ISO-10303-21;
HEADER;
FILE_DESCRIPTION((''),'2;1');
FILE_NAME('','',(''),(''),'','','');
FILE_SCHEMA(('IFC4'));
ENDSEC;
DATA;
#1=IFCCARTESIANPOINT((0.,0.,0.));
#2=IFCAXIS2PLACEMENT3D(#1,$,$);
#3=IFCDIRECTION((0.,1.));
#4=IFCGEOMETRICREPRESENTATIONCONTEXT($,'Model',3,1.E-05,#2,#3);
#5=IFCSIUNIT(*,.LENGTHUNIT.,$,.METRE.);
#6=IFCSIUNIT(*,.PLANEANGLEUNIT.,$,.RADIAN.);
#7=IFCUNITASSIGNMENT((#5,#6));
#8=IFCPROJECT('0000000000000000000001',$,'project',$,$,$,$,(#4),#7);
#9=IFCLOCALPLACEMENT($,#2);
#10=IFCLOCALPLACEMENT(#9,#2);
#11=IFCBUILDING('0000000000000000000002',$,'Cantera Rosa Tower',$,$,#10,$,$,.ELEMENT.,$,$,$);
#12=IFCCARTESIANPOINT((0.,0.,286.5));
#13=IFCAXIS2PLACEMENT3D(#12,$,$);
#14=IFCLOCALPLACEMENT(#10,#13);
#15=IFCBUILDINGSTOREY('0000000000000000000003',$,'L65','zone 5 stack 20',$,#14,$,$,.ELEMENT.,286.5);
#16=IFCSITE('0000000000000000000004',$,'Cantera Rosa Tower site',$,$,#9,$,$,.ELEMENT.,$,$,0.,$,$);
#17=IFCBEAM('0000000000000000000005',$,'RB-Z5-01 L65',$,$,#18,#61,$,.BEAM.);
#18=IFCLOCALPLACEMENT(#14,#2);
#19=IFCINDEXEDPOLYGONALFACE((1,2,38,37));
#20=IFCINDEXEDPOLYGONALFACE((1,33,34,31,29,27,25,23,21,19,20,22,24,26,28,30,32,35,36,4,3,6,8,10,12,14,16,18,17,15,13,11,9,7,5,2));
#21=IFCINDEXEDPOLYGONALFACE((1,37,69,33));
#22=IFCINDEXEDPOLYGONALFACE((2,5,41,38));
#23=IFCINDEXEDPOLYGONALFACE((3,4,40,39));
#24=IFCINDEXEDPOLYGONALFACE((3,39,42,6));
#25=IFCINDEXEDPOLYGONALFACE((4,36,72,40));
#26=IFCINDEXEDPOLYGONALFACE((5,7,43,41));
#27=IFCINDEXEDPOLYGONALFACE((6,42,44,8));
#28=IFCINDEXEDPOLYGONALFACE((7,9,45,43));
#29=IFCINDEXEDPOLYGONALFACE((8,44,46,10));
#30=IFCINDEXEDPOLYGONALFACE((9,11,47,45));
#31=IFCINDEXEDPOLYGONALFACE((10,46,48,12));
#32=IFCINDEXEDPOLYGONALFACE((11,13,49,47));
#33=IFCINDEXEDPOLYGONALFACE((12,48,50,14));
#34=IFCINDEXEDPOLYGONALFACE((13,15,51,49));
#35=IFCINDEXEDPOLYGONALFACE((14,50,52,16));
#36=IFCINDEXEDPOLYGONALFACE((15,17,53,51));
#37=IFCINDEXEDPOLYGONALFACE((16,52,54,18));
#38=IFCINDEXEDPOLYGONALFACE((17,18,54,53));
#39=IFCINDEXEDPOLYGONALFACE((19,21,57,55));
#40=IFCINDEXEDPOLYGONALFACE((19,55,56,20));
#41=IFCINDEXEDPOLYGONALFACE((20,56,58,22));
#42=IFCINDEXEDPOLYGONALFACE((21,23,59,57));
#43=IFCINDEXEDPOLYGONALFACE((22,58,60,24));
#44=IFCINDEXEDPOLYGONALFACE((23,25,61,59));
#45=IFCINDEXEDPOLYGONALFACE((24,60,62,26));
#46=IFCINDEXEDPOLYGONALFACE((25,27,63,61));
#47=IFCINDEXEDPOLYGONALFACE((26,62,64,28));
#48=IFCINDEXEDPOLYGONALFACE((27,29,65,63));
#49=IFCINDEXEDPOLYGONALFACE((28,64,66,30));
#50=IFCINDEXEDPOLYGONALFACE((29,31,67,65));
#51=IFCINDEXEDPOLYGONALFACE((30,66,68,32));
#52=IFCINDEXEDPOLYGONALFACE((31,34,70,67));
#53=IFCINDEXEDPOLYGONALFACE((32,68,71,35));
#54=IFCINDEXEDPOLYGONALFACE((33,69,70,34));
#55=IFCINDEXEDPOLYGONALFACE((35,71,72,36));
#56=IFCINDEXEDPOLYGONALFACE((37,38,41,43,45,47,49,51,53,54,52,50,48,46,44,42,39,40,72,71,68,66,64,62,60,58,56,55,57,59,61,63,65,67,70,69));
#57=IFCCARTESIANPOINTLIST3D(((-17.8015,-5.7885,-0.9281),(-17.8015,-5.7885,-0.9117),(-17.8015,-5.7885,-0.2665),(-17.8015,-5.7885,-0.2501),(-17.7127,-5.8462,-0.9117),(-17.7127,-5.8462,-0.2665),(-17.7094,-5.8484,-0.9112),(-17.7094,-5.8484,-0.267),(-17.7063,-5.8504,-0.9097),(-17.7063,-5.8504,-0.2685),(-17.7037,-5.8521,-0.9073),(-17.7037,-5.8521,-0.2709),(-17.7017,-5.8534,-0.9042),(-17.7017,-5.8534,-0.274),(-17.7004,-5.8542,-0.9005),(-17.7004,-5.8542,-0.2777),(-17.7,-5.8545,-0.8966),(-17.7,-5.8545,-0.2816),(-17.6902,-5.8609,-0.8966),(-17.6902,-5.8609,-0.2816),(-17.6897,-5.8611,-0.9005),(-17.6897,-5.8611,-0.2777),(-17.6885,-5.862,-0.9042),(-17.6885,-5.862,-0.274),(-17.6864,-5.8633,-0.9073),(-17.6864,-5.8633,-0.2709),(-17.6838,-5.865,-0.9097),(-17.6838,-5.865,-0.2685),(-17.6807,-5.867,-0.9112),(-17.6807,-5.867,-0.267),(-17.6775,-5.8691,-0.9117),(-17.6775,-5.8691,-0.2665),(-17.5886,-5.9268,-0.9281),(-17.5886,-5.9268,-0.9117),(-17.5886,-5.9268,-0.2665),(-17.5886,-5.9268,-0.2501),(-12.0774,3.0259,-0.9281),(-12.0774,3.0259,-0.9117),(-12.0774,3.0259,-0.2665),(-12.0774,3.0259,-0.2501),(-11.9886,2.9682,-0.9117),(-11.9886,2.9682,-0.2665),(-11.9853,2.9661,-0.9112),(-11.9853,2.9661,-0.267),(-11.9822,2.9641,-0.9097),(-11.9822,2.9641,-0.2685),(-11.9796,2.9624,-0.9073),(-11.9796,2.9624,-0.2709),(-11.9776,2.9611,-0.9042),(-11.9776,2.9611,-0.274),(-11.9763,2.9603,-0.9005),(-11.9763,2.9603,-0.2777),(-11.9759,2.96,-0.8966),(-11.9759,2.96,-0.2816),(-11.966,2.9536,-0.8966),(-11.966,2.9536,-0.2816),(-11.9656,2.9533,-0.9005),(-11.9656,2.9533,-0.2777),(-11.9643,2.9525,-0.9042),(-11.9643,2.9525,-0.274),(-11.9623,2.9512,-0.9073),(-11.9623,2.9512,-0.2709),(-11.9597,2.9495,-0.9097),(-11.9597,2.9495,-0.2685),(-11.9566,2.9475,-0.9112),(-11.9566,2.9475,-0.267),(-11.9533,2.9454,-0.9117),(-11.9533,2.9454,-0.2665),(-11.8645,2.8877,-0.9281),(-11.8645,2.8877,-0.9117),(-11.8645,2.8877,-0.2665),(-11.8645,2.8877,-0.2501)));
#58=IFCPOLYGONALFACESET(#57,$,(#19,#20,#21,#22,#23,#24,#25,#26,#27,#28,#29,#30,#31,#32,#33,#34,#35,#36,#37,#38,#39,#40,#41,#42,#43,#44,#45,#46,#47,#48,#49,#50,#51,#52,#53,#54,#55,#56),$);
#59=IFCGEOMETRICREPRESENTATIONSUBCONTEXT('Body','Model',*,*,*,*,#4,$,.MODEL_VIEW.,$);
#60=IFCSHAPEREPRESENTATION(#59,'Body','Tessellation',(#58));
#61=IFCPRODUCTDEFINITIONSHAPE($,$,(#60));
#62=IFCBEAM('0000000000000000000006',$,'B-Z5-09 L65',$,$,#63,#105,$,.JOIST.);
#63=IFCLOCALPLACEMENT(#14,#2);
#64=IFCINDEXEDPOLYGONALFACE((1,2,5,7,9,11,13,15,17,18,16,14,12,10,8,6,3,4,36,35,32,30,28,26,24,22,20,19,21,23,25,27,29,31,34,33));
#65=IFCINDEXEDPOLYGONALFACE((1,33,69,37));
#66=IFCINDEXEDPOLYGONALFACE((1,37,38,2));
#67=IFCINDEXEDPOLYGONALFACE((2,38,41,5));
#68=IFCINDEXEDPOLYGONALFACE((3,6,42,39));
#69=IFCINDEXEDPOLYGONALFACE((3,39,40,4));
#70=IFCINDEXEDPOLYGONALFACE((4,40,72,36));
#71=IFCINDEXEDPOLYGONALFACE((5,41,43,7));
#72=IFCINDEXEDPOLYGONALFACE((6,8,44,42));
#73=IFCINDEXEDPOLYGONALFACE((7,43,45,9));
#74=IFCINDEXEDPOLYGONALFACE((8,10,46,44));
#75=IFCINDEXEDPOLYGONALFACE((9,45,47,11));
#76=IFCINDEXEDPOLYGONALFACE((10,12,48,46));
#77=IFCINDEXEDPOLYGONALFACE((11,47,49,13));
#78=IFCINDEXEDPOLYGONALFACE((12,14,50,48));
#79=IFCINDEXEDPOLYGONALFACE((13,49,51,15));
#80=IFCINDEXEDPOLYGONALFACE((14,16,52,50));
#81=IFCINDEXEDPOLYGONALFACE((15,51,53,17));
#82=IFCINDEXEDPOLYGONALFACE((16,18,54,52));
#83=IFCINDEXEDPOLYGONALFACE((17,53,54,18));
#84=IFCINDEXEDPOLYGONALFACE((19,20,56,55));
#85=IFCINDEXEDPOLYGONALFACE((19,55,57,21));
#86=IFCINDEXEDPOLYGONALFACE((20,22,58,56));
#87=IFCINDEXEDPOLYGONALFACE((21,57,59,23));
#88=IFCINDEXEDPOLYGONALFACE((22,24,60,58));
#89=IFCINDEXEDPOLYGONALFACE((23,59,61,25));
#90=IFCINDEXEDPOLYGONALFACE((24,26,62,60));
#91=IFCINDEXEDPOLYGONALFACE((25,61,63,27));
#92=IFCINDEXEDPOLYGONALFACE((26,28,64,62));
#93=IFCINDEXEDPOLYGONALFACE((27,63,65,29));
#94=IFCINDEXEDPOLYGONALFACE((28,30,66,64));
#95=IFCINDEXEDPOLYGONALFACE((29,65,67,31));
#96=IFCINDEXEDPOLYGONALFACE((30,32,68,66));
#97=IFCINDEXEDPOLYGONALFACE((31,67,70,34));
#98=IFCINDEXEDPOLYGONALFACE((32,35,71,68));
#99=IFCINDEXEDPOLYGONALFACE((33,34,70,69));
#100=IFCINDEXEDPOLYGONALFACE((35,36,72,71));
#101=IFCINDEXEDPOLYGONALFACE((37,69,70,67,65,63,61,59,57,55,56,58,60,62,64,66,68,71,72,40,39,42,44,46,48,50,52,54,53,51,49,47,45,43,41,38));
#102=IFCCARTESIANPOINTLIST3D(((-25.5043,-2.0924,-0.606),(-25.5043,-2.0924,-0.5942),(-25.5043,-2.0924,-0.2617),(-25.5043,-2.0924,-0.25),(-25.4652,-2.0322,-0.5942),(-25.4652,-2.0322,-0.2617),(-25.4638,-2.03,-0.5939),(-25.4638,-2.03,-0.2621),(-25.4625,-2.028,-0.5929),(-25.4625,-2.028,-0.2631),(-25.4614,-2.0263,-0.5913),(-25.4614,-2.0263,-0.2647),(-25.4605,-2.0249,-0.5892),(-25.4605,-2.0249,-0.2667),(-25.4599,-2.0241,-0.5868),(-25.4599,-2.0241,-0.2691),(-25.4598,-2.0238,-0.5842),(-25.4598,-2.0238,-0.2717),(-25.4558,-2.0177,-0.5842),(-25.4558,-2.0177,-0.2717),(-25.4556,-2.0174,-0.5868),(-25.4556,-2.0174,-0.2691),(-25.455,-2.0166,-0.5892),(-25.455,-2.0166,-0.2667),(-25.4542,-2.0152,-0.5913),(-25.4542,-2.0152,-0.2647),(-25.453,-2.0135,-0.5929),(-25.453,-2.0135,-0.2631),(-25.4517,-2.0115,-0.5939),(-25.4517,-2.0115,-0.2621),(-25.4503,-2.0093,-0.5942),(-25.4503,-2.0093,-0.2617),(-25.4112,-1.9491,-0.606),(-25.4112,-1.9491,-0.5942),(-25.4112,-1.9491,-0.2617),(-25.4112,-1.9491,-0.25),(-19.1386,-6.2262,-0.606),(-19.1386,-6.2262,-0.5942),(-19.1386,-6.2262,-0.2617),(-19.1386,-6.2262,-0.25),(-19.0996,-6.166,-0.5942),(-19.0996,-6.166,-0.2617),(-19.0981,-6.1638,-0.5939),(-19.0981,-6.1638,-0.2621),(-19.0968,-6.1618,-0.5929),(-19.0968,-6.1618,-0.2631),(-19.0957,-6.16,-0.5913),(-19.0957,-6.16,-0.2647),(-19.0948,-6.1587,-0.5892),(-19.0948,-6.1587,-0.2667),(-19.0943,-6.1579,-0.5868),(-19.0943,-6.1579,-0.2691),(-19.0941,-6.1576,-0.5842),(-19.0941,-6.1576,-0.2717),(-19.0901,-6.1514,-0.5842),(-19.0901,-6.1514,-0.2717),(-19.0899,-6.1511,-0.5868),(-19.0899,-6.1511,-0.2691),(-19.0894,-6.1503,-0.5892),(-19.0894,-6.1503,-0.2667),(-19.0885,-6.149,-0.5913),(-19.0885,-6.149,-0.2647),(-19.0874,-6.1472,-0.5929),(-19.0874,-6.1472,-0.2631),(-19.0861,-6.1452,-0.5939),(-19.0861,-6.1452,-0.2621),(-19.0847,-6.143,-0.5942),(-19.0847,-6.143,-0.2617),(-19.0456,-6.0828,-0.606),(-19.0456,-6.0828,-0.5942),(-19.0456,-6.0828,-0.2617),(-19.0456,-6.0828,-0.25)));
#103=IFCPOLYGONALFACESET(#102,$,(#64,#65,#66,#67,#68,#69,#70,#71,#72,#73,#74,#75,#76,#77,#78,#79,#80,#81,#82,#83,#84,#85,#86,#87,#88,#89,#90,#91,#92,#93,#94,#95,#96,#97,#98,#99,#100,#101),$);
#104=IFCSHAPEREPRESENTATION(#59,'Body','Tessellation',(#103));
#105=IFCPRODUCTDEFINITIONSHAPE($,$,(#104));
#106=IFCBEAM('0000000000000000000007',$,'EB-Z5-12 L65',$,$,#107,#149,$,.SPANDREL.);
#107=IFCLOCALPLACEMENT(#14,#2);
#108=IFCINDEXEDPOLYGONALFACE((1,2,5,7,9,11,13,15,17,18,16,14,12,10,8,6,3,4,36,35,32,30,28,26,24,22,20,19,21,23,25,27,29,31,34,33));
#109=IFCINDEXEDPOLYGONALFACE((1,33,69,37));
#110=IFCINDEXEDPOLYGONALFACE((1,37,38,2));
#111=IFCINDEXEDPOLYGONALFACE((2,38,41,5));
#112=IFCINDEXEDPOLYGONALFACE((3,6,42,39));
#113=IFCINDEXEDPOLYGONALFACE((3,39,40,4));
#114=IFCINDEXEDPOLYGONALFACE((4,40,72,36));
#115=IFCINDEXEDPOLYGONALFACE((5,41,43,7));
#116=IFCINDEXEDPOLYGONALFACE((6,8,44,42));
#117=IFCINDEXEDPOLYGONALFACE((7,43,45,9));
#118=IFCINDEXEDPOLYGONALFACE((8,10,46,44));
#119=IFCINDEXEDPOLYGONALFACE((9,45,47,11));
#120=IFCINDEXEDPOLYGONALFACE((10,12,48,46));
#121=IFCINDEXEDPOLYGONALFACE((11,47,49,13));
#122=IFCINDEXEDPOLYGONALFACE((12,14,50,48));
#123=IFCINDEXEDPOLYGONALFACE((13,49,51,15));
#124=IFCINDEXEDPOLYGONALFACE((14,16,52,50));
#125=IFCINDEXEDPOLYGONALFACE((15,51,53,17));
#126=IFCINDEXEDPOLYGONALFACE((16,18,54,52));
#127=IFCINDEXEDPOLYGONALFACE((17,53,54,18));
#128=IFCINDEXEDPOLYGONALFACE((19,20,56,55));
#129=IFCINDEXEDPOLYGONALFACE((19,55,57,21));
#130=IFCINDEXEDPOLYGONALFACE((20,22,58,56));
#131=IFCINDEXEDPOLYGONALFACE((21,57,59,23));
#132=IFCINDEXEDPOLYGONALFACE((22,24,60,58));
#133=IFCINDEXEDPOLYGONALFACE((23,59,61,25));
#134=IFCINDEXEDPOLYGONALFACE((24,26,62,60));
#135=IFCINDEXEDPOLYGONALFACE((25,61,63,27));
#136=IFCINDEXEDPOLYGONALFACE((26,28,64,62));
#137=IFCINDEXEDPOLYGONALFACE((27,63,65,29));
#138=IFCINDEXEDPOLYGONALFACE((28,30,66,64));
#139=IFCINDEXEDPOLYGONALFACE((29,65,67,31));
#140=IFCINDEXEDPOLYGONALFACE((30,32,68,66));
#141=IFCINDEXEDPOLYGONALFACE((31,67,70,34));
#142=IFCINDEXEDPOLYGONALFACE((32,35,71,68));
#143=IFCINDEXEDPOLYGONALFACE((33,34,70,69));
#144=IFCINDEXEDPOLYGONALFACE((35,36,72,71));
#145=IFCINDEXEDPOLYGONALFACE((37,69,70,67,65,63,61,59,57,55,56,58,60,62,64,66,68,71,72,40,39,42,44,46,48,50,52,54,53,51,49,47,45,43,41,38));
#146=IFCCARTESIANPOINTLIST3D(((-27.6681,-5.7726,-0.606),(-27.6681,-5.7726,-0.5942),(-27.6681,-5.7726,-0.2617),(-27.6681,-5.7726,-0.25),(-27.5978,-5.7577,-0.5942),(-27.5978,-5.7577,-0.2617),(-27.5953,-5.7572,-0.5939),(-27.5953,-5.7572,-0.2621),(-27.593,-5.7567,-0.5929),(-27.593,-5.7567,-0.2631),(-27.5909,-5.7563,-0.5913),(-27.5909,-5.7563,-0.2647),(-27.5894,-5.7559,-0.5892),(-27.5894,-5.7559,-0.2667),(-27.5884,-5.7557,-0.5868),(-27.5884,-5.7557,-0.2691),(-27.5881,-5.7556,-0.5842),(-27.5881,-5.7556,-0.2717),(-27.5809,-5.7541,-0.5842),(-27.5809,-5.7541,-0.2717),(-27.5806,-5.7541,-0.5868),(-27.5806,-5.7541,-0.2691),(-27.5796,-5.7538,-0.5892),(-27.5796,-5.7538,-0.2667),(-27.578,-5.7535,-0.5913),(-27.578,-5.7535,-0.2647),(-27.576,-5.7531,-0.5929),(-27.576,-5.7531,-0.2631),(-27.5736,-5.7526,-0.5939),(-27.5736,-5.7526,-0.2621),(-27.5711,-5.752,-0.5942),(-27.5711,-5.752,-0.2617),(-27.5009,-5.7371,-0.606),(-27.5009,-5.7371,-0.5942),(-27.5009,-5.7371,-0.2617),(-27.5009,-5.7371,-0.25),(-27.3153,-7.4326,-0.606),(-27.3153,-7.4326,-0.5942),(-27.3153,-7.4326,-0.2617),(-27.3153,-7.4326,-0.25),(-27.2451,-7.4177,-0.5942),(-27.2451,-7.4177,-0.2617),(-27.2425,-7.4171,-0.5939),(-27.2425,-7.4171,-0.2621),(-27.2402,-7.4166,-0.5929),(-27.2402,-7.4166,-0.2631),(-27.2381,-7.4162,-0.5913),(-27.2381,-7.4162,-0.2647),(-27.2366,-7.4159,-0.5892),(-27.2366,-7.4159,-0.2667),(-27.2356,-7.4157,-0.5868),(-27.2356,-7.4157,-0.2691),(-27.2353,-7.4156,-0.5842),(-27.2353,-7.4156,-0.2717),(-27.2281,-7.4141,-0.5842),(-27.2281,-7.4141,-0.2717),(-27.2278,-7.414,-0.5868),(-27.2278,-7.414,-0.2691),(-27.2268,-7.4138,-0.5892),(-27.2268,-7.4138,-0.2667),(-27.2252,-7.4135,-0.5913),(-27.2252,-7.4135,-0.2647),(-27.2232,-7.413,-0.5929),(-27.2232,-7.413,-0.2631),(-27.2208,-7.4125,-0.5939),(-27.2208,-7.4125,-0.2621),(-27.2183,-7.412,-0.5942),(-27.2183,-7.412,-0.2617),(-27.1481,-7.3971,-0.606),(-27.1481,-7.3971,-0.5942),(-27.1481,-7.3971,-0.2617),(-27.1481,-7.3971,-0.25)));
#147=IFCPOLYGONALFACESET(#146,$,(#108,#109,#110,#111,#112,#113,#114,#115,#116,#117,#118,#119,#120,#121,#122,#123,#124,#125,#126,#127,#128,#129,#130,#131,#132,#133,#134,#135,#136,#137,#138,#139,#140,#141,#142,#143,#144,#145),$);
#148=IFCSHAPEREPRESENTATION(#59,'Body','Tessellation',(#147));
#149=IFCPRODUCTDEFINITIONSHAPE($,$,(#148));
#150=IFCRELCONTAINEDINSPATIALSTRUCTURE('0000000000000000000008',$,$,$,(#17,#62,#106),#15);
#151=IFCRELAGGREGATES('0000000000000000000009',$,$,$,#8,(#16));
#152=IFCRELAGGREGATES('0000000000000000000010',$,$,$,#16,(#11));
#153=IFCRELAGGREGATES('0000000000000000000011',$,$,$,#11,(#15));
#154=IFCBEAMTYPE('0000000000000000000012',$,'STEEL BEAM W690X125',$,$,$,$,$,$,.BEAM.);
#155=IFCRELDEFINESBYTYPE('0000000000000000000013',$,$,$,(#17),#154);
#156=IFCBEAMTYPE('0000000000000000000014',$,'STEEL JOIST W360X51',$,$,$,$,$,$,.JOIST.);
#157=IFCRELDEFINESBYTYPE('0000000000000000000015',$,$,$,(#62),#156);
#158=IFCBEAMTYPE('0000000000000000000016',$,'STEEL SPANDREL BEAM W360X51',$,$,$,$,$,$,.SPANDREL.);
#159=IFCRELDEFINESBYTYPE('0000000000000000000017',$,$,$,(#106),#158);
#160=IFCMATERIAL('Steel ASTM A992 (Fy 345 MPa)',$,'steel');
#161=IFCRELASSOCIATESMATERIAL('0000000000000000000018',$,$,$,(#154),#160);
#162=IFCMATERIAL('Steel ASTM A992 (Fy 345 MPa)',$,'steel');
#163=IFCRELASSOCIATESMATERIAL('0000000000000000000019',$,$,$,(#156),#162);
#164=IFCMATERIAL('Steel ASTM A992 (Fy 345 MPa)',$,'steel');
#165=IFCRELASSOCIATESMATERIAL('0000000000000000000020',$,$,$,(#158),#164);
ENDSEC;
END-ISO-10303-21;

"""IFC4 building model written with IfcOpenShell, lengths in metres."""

from ifc_helpers import new_model, si_unit, direction, frame, origin, origin_2d, place, context, subcontext, project, spatial, i_section, extrude, material, material_profile, profile_set, type_object, element, save


model = new_model("IFC4")

# Units and contexts
model_context = context("Model", 3, precision=1e-05, world=origin(), true_north=direction((0.0, 1.0)))
body_context = subcontext(model_context, "Body", "Model", "MODEL_VIEW")
ifc_project = project(units=[si_unit("LENGTHUNIT", "METRE"), si_unit("PLANEANGLEUNIT", "RADIAN")], contexts=[model_context])

# Site, building, storey
site_placement = place(None, origin())
site = spatial("IfcSite", under=ifc_project, at=site_placement, Name="Cantera Rosa Tower site", CompositionType="ELEMENT", RefElevation=0.0)
building_placement = place(site_placement, origin())
building = spatial("IfcBuilding", under=site, at=building_placement, Name="Cantera Rosa Tower", CompositionType="ELEMENT")
storey_placement = place(building_placement, frame((0.0, 0.0, 286.5)))
storey = spatial("IfcBuildingStorey", under=building, at=storey_placement, Name="L65", Description="zone 5 stack 20", CompositionType="ELEMENT", Elevation=286.5)

# Beams
ifc_material_1 = material(Name="Steel ASTM A992 (Fy 345 MPa)", Category="steel")
ifc_material_profile_1 = material_profile(ifc_material_1, i_section(OverallWidth=0.2539, OverallDepth=0.678, WebThickness=0.0117, FlangeThickness=0.0164, FilletRadius=0.0151, at=origin_2d()), Name="W690X125")
ifc_profile_set_1 = profile_set([ifc_material_profile_1], Name="Steel ASTM A992 (Fy 345 MPa)")
beam_type_1 = type_object("IfcBeamType", Name="STEEL BEAM W690X125", PredefinedType="BEAM", material=ifc_profile_set_1)
beam_1_placement = place(storey_placement, frame((-17.6951, -5.8577, -0.5891), z_axis=(0.544636, 0.838673, 0.0), x_axis=(-0.838673, 0.544636, 0.0)))
element("IfcBeam", 1, at=beam_1_placement, inside=storey, type_object=beam_type_1, Name="RB-Z5-01 L65", PredefinedType="BEAM", context=body_context, shape_type="SweptSolid", body=[
    extrude(i_section(OverallWidth=0.2539, OverallDepth=0.678, WebThickness=0.0117, FlangeThickness=0.0164, FilletRadius=0.0151, at=origin_2d()), origin(), (0.0, 0.0, 1.0), 10.51),
])
ifc_material_2 = material(Name="Steel ASTM A992 (Fy 345 MPa)", Category="steel")
ifc_material_profile_2 = material_profile(ifc_material_2, i_section(OverallWidth=0.1709, OverallDepth=0.356, WebThickness=0.0073, FlangeThickness=0.0117, FilletRadius=0.01, at=origin_2d()), Name="W360X51")
ifc_profile_set_2 = profile_set([ifc_material_profile_2], Name="Steel ASTM A992 (Fy 345 MPa)")
beam_type_2 = type_object("IfcBeamType", Name="STEEL JOIST W360X51", PredefinedType="JOIST", material=ifc_profile_set_2)
beam_2_placement = place(storey_placement, frame((-25.4578, -2.0208, -0.428), z_axis=(0.83868, -0.544624, 0.0), x_axis=(0.544624, 0.83868, 0.0)))
element("IfcBeam", 2, at=beam_2_placement, inside=storey, type_object=beam_type_2, Name="B-Z5-09 L65", PredefinedType="JOIST", context=body_context, shape_type="SweptSolid", body=[
    extrude(i_section(OverallWidth=0.1709, OverallDepth=0.356, WebThickness=0.0073, FlangeThickness=0.0117, FilletRadius=0.01, at=origin_2d()), origin(), (0.0, 0.0, 1.0), 7.5901),
])
ifc_material_3 = material(Name="Steel ASTM A992 (Fy 345 MPa)", Category="steel")
ifc_material_profile_3 = material_profile(ifc_material_3, i_section(OverallWidth=0.1709, OverallDepth=0.356, WebThickness=0.0073, FlangeThickness=0.0117, FilletRadius=0.01, at=origin_2d()), Name="W360X51")
ifc_profile_set_3 = profile_set([ifc_material_profile_3], Name="Steel ASTM A992 (Fy 345 MPa)")
beam_type_3 = type_object("IfcBeamType", Name="STEEL SPANDREL BEAM W360X51", PredefinedType="SPANDREL", material=ifc_profile_set_3)
beam_3_placement = place(storey_placement, frame((-27.5845, -5.7549, -0.428), z_axis=(0.207888, -0.978153, 0.0), x_axis=(0.978153, 0.207888, 0.0)))
element("IfcBeam", 3, at=beam_3_placement, inside=storey, type_object=beam_type_3, Name="EB-Z5-12 L65", PredefinedType="SPANDREL", context=body_context, shape_type="SweptSolid", body=[
    extrude(i_section(OverallWidth=0.1709, OverallDepth=0.356, WebThickness=0.0073, FlangeThickness=0.0117, FilletRadius=0.01, at=origin_2d()), origin(), (0.0, 0.0, 1.0), 1.697),
])

save(model, "model.ifc")
